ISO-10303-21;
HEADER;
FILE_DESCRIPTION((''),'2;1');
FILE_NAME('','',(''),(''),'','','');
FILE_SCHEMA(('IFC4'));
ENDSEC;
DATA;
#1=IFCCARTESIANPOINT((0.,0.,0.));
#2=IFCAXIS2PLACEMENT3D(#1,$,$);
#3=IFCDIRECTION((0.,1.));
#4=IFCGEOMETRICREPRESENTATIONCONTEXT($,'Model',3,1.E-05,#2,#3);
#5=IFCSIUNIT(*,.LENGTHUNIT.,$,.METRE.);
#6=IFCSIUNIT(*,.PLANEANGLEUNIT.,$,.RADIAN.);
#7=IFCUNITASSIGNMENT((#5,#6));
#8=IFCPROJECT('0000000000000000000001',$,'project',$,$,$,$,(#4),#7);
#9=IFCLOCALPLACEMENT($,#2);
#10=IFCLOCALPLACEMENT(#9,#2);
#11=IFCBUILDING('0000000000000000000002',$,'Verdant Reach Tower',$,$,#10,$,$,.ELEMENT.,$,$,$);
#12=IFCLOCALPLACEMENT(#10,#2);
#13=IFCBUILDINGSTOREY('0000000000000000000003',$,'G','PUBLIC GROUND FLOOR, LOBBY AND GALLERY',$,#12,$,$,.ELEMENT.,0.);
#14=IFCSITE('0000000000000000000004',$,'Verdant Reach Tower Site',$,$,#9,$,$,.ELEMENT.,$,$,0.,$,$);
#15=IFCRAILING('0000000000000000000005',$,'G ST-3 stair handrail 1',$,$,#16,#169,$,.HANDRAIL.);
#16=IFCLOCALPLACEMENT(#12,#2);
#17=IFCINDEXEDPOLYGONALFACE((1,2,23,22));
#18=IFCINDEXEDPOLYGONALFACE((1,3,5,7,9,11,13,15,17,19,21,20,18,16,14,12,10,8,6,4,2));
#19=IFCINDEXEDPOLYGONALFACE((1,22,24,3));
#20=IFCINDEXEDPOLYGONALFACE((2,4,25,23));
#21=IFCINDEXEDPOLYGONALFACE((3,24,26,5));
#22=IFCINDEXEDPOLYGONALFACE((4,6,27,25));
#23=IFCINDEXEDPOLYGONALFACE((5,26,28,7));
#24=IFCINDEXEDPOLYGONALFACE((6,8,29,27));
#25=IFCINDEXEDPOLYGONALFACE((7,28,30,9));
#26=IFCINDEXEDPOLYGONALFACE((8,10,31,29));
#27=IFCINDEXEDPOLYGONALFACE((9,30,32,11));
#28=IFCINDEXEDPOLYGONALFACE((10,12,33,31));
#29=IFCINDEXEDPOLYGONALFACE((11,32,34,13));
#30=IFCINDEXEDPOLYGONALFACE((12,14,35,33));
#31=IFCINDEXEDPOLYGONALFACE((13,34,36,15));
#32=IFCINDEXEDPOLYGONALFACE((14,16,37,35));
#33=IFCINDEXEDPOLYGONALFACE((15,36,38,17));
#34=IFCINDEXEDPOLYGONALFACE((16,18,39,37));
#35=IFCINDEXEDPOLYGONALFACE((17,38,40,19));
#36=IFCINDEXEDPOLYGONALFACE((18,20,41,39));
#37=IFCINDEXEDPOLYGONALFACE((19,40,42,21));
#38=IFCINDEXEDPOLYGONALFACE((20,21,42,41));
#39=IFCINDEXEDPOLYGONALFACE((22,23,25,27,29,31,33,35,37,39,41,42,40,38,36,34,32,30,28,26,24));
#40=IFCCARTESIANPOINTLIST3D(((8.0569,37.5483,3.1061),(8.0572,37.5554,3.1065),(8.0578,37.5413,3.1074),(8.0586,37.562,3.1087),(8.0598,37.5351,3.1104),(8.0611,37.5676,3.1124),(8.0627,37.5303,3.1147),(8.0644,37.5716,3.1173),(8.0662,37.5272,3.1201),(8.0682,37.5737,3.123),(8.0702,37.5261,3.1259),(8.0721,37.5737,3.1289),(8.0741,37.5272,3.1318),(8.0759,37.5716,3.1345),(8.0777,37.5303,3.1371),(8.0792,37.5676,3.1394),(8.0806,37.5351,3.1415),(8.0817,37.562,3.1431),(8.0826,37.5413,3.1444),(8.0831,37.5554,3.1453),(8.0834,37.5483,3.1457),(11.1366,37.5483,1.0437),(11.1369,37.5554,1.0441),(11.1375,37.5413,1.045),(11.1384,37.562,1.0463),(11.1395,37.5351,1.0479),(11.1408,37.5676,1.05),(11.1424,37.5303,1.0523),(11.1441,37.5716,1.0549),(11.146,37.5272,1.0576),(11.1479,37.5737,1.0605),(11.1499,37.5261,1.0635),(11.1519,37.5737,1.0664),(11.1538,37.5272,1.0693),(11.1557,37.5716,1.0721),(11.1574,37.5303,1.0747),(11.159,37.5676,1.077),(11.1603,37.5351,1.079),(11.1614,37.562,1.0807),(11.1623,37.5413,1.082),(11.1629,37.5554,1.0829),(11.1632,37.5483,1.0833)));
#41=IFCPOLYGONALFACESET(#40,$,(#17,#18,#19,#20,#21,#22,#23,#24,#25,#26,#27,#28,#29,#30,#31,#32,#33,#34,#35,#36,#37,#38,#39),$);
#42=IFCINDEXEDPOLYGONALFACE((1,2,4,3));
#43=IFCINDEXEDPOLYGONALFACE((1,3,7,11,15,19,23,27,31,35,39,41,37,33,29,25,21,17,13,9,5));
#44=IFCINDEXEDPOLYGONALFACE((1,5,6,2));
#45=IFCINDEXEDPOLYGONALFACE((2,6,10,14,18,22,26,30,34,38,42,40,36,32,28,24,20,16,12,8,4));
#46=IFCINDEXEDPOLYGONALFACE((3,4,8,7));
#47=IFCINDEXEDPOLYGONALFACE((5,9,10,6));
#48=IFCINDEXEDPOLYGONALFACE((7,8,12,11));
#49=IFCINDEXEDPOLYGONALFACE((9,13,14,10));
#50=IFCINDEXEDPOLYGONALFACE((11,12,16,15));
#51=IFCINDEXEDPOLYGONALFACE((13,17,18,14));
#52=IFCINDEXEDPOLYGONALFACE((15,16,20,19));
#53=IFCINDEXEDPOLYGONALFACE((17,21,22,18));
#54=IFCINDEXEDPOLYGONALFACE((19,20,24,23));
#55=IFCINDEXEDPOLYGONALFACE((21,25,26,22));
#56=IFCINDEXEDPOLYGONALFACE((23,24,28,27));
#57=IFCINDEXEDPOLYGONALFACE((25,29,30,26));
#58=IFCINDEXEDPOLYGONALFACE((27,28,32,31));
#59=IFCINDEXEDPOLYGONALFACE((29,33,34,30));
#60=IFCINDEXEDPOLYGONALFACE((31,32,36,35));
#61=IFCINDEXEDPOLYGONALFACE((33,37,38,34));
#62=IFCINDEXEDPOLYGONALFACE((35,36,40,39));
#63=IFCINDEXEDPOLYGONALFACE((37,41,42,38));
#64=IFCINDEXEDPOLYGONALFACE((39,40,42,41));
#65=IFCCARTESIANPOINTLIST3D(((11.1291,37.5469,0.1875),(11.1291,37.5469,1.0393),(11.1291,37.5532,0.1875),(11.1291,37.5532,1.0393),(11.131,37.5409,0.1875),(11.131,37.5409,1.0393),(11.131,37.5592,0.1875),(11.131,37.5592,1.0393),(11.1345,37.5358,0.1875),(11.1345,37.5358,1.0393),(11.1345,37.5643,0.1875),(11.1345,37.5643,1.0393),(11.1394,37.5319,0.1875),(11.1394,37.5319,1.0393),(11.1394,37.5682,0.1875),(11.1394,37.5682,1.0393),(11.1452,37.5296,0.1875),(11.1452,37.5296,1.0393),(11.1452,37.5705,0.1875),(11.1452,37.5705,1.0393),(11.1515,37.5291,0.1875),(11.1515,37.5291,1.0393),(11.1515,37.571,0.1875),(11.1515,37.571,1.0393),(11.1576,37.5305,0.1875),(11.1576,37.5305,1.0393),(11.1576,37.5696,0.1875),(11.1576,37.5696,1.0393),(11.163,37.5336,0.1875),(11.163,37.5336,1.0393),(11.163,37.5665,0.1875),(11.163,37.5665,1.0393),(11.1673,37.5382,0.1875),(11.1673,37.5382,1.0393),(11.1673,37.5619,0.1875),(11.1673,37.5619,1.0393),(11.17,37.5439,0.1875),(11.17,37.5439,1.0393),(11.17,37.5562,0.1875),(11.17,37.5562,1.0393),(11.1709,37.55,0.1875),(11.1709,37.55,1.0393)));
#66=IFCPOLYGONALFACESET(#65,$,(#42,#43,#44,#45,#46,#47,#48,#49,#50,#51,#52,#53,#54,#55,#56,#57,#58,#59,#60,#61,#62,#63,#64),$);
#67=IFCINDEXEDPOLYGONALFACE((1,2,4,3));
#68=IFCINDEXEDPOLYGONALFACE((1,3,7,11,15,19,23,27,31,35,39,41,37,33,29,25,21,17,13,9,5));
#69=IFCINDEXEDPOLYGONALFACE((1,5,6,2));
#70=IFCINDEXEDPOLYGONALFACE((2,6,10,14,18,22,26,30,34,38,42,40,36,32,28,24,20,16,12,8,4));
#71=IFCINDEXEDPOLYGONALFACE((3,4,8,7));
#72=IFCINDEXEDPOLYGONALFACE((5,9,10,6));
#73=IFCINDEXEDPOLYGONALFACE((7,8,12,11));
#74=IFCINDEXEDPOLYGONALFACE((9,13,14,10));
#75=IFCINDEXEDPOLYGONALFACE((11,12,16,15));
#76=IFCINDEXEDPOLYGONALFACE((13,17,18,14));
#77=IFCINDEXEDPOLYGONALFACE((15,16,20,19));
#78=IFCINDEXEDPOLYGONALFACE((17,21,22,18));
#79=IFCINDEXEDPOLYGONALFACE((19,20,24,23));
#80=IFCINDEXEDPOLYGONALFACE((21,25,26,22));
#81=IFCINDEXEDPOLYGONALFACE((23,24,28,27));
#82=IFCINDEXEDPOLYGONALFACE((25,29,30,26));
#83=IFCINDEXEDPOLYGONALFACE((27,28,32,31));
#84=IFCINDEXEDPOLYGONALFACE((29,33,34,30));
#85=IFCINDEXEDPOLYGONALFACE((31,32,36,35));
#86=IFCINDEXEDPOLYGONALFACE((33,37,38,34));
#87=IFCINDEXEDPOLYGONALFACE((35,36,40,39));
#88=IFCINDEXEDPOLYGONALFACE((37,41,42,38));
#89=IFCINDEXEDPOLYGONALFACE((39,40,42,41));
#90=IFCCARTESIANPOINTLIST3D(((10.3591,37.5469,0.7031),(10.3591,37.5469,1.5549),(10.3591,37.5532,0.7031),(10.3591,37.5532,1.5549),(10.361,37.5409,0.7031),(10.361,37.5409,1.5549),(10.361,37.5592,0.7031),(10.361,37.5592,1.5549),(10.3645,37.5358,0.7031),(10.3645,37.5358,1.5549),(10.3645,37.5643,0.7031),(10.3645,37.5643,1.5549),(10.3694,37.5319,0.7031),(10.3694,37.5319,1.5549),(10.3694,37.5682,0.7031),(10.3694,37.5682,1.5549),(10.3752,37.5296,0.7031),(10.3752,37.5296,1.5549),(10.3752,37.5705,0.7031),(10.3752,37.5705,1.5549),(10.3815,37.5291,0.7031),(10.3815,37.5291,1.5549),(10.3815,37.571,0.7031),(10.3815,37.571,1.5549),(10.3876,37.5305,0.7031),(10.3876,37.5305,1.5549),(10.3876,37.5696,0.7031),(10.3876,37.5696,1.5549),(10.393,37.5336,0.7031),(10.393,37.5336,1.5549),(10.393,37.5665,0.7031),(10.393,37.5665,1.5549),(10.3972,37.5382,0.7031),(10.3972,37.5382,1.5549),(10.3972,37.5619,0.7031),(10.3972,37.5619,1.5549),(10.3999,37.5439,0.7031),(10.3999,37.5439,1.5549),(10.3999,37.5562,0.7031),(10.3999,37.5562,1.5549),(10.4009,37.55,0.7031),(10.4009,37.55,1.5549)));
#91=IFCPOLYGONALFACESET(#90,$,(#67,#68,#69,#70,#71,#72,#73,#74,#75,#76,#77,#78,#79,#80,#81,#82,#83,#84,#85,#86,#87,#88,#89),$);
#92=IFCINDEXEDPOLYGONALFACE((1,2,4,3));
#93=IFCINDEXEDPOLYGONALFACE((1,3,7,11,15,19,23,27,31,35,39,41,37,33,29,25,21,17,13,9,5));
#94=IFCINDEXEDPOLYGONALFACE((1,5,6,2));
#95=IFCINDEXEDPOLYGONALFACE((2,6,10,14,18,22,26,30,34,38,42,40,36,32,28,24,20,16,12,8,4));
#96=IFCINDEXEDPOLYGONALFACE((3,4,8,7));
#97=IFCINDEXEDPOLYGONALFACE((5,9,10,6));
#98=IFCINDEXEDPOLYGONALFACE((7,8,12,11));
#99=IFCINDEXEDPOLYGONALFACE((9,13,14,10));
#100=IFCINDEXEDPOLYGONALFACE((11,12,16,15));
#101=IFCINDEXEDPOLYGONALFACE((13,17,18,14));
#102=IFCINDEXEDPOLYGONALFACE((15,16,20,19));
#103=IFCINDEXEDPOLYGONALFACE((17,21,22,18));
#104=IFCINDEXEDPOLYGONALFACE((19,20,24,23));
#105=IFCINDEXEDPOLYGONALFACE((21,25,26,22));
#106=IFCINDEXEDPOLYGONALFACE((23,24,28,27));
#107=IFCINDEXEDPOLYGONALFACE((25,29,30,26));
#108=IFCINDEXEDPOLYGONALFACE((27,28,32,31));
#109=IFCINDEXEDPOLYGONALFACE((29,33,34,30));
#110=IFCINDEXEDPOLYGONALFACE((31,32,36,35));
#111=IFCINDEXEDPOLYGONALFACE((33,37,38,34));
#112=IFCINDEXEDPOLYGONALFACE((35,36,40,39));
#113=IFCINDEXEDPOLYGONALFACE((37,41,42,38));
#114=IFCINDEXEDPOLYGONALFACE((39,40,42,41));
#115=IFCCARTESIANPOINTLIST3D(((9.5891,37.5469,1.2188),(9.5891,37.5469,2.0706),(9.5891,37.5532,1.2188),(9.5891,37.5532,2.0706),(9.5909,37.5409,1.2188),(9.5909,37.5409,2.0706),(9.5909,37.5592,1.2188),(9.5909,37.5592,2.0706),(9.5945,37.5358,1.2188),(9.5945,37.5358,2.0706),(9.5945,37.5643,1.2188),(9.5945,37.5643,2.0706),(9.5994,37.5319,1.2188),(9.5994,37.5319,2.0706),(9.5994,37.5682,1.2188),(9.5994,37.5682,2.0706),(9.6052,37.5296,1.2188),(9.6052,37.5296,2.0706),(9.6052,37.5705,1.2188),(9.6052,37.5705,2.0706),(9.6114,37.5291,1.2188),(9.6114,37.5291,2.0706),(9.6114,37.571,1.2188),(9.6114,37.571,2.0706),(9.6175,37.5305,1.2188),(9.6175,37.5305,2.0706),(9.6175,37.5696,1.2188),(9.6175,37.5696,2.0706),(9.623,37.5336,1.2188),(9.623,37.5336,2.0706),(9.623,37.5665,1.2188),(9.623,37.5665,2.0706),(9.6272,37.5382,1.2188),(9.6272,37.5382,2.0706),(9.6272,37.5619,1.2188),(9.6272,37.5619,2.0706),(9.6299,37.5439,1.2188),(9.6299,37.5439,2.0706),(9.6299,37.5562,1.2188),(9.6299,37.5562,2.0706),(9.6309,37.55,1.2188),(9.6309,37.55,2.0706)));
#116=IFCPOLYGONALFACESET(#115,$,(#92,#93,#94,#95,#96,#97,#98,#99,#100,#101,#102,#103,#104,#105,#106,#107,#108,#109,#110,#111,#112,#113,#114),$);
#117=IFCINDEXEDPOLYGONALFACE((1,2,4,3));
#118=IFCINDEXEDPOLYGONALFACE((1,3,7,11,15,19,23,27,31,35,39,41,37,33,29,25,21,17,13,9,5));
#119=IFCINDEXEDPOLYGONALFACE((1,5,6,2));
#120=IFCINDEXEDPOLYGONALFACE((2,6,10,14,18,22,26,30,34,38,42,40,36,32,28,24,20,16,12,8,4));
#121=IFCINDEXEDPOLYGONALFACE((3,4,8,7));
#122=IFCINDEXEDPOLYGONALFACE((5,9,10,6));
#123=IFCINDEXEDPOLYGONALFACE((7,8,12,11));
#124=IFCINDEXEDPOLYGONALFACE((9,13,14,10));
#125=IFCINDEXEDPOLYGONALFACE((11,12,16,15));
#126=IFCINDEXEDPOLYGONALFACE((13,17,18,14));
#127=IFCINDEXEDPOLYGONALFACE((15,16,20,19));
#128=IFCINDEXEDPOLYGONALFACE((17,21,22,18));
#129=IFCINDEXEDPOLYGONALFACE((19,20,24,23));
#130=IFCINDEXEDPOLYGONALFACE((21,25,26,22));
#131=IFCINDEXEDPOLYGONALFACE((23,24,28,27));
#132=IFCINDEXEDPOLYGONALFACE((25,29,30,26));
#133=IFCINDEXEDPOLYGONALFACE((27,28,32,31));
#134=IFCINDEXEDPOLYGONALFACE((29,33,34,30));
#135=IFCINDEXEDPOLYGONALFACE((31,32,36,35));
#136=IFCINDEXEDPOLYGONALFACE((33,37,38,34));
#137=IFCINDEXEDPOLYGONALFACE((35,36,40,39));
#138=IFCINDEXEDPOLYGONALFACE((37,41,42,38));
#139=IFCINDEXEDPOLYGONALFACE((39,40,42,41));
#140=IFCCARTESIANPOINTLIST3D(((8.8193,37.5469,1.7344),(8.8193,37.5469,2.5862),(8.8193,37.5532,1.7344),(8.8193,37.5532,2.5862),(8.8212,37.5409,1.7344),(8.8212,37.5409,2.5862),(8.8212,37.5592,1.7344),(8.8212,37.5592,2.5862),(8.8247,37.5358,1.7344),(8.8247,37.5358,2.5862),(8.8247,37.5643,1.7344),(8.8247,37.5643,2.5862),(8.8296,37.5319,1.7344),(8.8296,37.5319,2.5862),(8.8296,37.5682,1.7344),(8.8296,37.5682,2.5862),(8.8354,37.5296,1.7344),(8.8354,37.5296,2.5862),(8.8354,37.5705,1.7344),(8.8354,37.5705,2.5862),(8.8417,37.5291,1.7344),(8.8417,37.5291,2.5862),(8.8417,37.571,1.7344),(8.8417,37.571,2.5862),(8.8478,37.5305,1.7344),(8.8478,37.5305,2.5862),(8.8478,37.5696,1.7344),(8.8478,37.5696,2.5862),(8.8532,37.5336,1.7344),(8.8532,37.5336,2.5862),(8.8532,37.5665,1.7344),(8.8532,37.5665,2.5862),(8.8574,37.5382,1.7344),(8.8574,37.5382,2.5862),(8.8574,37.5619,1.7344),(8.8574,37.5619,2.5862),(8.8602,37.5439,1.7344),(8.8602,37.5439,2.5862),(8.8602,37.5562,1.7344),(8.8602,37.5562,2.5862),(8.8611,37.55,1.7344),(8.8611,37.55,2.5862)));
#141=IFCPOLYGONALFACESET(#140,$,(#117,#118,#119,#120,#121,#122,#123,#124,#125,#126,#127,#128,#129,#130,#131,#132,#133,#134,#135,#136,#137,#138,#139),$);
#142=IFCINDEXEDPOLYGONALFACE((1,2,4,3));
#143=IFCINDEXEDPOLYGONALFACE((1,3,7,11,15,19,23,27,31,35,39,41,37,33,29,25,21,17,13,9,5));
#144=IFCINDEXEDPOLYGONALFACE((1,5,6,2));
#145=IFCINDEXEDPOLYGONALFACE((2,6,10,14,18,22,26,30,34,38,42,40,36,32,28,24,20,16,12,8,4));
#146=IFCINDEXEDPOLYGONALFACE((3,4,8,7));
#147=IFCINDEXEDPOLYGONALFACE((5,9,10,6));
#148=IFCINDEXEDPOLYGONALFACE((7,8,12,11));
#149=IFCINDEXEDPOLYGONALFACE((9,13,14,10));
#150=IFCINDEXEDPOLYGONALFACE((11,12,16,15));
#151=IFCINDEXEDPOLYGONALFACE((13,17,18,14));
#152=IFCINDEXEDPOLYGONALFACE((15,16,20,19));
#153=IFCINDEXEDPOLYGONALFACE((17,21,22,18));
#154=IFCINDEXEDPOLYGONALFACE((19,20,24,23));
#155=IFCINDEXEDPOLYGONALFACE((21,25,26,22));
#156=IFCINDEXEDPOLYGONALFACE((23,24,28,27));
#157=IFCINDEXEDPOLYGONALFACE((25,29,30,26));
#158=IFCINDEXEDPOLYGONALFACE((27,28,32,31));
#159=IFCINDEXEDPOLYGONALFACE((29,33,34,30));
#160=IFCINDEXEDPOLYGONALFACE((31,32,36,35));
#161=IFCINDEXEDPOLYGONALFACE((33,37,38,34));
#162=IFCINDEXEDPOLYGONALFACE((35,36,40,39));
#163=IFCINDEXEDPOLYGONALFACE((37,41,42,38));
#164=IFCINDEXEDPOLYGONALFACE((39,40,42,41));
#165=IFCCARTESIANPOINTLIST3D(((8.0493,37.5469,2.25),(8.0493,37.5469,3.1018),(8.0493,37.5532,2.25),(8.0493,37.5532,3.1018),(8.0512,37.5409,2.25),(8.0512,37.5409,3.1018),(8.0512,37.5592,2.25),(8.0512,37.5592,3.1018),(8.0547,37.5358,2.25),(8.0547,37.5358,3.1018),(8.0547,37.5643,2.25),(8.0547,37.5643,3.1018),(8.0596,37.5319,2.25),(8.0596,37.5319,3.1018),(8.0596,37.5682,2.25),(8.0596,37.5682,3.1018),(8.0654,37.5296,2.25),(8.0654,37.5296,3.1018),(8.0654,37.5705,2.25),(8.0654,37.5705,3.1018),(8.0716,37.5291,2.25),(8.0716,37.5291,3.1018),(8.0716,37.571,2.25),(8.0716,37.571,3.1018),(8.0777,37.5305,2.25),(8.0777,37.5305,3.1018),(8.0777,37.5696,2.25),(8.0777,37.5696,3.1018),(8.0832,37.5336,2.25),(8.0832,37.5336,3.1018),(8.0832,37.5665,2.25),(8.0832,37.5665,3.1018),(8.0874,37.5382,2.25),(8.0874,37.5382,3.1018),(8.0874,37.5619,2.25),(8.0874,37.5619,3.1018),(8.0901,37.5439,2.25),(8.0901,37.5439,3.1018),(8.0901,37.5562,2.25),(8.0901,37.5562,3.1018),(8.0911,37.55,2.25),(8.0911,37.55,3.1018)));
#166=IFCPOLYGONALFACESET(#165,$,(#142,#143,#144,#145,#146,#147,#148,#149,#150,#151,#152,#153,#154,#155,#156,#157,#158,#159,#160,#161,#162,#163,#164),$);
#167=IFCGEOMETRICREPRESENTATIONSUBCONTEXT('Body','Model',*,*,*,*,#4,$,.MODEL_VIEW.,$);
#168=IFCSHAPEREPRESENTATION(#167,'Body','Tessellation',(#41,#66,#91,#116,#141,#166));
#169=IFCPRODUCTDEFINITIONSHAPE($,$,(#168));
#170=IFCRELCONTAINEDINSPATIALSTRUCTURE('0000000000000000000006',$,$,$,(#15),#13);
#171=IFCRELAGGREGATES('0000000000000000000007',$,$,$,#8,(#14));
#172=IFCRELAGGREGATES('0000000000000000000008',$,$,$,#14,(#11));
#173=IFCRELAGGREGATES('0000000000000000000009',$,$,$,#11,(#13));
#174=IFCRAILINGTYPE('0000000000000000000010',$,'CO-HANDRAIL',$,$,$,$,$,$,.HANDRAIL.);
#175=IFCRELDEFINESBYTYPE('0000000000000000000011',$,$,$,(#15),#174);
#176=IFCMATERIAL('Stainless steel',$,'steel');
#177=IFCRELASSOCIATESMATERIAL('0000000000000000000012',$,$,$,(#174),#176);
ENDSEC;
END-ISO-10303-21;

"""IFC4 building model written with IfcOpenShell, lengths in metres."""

from ifc_helpers import new_model, si_unit, direction, frame, origin, origin_2d, place, context, subcontext, project, spatial, circle, extrude, material, type_object, element, save


model = new_model("IFC4")

# Units and contexts
model_context = context("Model", 3, precision=1e-05, world=origin(), true_north=direction((0.0, 1.0)))
body_context = subcontext(model_context, "Body", "Model", "MODEL_VIEW")
ifc_project = project(units=[si_unit("LENGTHUNIT", "METRE"), si_unit("PLANEANGLEUNIT", "RADIAN")], contexts=[model_context])

# Site, building, storey
site_placement = place(None, origin())
site = spatial("IfcSite", under=ifc_project, at=site_placement, Name="Verdant Reach Tower Site", CompositionType="ELEMENT", RefElevation=0.0)
building_placement = place(site_placement, origin())
building = spatial("IfcBuilding", under=site, at=building_placement, Name="Verdant Reach Tower", CompositionType="ELEMENT")
storey_placement = place(building_placement, origin())
storey = spatial("IfcBuildingStorey", under=building, at=storey_placement, Name="G", Description="PUBLIC GROUND FLOOR, LOBBY AND GALLERY", CompositionType="ELEMENT", Elevation=0.0)

# Railing
ifc_material_1 = material(Name="Stainless steel", Category="steel")
railing_type_1 = type_object("IfcRailingType", Name="CO-HANDRAIL", PredefinedType="HANDRAIL", material=ifc_material_1)
railing_1_placement = place(storey_placement, frame((11.1499, 37.55, 0.1875)))
element("IfcRailing", 1, at=railing_1_placement, inside=storey, type_object=railing_type_1, Name="G ST-3 stair handrail 1", PredefinedType="HANDRAIL", context=body_context, shape_type="SweptSolid", body=[
    extrude(circle(Radius=0.0239, at=origin_2d()), frame((0.0, 0.0, 0.876), z_axis=(-0.830893, 0.0, 0.556432), x_axis=(0.0, -1.0, 0.0)), (0.0, 0.0, 1.0), 3.7065),
    extrude(circle(Radius=0.021, at=origin_2d()), origin(), (0.0, 0.0, 1.0), 0.8518),
    extrude(circle(Radius=0.021, at=origin_2d()), frame((-0.77, 0.0, 0.5156)), (0.0, 0.0, 1.0), 0.8518),
    extrude(circle(Radius=0.021, at=origin_2d()), frame((-1.54, 0.0, 1.0312)), (0.0, 0.0, 1.0), 0.8518),
    extrude(circle(Radius=0.021, at=origin_2d()), frame((-2.3098, 0.0, 1.5469)), (0.0, 0.0, 1.0), 0.8518),
    extrude(circle(Radius=0.021, at=origin_2d()), frame((-3.0798, 0.0, 2.0625)), (0.0, 0.0, 1.0), 0.8518),
])

save(model, "model.ifc")
